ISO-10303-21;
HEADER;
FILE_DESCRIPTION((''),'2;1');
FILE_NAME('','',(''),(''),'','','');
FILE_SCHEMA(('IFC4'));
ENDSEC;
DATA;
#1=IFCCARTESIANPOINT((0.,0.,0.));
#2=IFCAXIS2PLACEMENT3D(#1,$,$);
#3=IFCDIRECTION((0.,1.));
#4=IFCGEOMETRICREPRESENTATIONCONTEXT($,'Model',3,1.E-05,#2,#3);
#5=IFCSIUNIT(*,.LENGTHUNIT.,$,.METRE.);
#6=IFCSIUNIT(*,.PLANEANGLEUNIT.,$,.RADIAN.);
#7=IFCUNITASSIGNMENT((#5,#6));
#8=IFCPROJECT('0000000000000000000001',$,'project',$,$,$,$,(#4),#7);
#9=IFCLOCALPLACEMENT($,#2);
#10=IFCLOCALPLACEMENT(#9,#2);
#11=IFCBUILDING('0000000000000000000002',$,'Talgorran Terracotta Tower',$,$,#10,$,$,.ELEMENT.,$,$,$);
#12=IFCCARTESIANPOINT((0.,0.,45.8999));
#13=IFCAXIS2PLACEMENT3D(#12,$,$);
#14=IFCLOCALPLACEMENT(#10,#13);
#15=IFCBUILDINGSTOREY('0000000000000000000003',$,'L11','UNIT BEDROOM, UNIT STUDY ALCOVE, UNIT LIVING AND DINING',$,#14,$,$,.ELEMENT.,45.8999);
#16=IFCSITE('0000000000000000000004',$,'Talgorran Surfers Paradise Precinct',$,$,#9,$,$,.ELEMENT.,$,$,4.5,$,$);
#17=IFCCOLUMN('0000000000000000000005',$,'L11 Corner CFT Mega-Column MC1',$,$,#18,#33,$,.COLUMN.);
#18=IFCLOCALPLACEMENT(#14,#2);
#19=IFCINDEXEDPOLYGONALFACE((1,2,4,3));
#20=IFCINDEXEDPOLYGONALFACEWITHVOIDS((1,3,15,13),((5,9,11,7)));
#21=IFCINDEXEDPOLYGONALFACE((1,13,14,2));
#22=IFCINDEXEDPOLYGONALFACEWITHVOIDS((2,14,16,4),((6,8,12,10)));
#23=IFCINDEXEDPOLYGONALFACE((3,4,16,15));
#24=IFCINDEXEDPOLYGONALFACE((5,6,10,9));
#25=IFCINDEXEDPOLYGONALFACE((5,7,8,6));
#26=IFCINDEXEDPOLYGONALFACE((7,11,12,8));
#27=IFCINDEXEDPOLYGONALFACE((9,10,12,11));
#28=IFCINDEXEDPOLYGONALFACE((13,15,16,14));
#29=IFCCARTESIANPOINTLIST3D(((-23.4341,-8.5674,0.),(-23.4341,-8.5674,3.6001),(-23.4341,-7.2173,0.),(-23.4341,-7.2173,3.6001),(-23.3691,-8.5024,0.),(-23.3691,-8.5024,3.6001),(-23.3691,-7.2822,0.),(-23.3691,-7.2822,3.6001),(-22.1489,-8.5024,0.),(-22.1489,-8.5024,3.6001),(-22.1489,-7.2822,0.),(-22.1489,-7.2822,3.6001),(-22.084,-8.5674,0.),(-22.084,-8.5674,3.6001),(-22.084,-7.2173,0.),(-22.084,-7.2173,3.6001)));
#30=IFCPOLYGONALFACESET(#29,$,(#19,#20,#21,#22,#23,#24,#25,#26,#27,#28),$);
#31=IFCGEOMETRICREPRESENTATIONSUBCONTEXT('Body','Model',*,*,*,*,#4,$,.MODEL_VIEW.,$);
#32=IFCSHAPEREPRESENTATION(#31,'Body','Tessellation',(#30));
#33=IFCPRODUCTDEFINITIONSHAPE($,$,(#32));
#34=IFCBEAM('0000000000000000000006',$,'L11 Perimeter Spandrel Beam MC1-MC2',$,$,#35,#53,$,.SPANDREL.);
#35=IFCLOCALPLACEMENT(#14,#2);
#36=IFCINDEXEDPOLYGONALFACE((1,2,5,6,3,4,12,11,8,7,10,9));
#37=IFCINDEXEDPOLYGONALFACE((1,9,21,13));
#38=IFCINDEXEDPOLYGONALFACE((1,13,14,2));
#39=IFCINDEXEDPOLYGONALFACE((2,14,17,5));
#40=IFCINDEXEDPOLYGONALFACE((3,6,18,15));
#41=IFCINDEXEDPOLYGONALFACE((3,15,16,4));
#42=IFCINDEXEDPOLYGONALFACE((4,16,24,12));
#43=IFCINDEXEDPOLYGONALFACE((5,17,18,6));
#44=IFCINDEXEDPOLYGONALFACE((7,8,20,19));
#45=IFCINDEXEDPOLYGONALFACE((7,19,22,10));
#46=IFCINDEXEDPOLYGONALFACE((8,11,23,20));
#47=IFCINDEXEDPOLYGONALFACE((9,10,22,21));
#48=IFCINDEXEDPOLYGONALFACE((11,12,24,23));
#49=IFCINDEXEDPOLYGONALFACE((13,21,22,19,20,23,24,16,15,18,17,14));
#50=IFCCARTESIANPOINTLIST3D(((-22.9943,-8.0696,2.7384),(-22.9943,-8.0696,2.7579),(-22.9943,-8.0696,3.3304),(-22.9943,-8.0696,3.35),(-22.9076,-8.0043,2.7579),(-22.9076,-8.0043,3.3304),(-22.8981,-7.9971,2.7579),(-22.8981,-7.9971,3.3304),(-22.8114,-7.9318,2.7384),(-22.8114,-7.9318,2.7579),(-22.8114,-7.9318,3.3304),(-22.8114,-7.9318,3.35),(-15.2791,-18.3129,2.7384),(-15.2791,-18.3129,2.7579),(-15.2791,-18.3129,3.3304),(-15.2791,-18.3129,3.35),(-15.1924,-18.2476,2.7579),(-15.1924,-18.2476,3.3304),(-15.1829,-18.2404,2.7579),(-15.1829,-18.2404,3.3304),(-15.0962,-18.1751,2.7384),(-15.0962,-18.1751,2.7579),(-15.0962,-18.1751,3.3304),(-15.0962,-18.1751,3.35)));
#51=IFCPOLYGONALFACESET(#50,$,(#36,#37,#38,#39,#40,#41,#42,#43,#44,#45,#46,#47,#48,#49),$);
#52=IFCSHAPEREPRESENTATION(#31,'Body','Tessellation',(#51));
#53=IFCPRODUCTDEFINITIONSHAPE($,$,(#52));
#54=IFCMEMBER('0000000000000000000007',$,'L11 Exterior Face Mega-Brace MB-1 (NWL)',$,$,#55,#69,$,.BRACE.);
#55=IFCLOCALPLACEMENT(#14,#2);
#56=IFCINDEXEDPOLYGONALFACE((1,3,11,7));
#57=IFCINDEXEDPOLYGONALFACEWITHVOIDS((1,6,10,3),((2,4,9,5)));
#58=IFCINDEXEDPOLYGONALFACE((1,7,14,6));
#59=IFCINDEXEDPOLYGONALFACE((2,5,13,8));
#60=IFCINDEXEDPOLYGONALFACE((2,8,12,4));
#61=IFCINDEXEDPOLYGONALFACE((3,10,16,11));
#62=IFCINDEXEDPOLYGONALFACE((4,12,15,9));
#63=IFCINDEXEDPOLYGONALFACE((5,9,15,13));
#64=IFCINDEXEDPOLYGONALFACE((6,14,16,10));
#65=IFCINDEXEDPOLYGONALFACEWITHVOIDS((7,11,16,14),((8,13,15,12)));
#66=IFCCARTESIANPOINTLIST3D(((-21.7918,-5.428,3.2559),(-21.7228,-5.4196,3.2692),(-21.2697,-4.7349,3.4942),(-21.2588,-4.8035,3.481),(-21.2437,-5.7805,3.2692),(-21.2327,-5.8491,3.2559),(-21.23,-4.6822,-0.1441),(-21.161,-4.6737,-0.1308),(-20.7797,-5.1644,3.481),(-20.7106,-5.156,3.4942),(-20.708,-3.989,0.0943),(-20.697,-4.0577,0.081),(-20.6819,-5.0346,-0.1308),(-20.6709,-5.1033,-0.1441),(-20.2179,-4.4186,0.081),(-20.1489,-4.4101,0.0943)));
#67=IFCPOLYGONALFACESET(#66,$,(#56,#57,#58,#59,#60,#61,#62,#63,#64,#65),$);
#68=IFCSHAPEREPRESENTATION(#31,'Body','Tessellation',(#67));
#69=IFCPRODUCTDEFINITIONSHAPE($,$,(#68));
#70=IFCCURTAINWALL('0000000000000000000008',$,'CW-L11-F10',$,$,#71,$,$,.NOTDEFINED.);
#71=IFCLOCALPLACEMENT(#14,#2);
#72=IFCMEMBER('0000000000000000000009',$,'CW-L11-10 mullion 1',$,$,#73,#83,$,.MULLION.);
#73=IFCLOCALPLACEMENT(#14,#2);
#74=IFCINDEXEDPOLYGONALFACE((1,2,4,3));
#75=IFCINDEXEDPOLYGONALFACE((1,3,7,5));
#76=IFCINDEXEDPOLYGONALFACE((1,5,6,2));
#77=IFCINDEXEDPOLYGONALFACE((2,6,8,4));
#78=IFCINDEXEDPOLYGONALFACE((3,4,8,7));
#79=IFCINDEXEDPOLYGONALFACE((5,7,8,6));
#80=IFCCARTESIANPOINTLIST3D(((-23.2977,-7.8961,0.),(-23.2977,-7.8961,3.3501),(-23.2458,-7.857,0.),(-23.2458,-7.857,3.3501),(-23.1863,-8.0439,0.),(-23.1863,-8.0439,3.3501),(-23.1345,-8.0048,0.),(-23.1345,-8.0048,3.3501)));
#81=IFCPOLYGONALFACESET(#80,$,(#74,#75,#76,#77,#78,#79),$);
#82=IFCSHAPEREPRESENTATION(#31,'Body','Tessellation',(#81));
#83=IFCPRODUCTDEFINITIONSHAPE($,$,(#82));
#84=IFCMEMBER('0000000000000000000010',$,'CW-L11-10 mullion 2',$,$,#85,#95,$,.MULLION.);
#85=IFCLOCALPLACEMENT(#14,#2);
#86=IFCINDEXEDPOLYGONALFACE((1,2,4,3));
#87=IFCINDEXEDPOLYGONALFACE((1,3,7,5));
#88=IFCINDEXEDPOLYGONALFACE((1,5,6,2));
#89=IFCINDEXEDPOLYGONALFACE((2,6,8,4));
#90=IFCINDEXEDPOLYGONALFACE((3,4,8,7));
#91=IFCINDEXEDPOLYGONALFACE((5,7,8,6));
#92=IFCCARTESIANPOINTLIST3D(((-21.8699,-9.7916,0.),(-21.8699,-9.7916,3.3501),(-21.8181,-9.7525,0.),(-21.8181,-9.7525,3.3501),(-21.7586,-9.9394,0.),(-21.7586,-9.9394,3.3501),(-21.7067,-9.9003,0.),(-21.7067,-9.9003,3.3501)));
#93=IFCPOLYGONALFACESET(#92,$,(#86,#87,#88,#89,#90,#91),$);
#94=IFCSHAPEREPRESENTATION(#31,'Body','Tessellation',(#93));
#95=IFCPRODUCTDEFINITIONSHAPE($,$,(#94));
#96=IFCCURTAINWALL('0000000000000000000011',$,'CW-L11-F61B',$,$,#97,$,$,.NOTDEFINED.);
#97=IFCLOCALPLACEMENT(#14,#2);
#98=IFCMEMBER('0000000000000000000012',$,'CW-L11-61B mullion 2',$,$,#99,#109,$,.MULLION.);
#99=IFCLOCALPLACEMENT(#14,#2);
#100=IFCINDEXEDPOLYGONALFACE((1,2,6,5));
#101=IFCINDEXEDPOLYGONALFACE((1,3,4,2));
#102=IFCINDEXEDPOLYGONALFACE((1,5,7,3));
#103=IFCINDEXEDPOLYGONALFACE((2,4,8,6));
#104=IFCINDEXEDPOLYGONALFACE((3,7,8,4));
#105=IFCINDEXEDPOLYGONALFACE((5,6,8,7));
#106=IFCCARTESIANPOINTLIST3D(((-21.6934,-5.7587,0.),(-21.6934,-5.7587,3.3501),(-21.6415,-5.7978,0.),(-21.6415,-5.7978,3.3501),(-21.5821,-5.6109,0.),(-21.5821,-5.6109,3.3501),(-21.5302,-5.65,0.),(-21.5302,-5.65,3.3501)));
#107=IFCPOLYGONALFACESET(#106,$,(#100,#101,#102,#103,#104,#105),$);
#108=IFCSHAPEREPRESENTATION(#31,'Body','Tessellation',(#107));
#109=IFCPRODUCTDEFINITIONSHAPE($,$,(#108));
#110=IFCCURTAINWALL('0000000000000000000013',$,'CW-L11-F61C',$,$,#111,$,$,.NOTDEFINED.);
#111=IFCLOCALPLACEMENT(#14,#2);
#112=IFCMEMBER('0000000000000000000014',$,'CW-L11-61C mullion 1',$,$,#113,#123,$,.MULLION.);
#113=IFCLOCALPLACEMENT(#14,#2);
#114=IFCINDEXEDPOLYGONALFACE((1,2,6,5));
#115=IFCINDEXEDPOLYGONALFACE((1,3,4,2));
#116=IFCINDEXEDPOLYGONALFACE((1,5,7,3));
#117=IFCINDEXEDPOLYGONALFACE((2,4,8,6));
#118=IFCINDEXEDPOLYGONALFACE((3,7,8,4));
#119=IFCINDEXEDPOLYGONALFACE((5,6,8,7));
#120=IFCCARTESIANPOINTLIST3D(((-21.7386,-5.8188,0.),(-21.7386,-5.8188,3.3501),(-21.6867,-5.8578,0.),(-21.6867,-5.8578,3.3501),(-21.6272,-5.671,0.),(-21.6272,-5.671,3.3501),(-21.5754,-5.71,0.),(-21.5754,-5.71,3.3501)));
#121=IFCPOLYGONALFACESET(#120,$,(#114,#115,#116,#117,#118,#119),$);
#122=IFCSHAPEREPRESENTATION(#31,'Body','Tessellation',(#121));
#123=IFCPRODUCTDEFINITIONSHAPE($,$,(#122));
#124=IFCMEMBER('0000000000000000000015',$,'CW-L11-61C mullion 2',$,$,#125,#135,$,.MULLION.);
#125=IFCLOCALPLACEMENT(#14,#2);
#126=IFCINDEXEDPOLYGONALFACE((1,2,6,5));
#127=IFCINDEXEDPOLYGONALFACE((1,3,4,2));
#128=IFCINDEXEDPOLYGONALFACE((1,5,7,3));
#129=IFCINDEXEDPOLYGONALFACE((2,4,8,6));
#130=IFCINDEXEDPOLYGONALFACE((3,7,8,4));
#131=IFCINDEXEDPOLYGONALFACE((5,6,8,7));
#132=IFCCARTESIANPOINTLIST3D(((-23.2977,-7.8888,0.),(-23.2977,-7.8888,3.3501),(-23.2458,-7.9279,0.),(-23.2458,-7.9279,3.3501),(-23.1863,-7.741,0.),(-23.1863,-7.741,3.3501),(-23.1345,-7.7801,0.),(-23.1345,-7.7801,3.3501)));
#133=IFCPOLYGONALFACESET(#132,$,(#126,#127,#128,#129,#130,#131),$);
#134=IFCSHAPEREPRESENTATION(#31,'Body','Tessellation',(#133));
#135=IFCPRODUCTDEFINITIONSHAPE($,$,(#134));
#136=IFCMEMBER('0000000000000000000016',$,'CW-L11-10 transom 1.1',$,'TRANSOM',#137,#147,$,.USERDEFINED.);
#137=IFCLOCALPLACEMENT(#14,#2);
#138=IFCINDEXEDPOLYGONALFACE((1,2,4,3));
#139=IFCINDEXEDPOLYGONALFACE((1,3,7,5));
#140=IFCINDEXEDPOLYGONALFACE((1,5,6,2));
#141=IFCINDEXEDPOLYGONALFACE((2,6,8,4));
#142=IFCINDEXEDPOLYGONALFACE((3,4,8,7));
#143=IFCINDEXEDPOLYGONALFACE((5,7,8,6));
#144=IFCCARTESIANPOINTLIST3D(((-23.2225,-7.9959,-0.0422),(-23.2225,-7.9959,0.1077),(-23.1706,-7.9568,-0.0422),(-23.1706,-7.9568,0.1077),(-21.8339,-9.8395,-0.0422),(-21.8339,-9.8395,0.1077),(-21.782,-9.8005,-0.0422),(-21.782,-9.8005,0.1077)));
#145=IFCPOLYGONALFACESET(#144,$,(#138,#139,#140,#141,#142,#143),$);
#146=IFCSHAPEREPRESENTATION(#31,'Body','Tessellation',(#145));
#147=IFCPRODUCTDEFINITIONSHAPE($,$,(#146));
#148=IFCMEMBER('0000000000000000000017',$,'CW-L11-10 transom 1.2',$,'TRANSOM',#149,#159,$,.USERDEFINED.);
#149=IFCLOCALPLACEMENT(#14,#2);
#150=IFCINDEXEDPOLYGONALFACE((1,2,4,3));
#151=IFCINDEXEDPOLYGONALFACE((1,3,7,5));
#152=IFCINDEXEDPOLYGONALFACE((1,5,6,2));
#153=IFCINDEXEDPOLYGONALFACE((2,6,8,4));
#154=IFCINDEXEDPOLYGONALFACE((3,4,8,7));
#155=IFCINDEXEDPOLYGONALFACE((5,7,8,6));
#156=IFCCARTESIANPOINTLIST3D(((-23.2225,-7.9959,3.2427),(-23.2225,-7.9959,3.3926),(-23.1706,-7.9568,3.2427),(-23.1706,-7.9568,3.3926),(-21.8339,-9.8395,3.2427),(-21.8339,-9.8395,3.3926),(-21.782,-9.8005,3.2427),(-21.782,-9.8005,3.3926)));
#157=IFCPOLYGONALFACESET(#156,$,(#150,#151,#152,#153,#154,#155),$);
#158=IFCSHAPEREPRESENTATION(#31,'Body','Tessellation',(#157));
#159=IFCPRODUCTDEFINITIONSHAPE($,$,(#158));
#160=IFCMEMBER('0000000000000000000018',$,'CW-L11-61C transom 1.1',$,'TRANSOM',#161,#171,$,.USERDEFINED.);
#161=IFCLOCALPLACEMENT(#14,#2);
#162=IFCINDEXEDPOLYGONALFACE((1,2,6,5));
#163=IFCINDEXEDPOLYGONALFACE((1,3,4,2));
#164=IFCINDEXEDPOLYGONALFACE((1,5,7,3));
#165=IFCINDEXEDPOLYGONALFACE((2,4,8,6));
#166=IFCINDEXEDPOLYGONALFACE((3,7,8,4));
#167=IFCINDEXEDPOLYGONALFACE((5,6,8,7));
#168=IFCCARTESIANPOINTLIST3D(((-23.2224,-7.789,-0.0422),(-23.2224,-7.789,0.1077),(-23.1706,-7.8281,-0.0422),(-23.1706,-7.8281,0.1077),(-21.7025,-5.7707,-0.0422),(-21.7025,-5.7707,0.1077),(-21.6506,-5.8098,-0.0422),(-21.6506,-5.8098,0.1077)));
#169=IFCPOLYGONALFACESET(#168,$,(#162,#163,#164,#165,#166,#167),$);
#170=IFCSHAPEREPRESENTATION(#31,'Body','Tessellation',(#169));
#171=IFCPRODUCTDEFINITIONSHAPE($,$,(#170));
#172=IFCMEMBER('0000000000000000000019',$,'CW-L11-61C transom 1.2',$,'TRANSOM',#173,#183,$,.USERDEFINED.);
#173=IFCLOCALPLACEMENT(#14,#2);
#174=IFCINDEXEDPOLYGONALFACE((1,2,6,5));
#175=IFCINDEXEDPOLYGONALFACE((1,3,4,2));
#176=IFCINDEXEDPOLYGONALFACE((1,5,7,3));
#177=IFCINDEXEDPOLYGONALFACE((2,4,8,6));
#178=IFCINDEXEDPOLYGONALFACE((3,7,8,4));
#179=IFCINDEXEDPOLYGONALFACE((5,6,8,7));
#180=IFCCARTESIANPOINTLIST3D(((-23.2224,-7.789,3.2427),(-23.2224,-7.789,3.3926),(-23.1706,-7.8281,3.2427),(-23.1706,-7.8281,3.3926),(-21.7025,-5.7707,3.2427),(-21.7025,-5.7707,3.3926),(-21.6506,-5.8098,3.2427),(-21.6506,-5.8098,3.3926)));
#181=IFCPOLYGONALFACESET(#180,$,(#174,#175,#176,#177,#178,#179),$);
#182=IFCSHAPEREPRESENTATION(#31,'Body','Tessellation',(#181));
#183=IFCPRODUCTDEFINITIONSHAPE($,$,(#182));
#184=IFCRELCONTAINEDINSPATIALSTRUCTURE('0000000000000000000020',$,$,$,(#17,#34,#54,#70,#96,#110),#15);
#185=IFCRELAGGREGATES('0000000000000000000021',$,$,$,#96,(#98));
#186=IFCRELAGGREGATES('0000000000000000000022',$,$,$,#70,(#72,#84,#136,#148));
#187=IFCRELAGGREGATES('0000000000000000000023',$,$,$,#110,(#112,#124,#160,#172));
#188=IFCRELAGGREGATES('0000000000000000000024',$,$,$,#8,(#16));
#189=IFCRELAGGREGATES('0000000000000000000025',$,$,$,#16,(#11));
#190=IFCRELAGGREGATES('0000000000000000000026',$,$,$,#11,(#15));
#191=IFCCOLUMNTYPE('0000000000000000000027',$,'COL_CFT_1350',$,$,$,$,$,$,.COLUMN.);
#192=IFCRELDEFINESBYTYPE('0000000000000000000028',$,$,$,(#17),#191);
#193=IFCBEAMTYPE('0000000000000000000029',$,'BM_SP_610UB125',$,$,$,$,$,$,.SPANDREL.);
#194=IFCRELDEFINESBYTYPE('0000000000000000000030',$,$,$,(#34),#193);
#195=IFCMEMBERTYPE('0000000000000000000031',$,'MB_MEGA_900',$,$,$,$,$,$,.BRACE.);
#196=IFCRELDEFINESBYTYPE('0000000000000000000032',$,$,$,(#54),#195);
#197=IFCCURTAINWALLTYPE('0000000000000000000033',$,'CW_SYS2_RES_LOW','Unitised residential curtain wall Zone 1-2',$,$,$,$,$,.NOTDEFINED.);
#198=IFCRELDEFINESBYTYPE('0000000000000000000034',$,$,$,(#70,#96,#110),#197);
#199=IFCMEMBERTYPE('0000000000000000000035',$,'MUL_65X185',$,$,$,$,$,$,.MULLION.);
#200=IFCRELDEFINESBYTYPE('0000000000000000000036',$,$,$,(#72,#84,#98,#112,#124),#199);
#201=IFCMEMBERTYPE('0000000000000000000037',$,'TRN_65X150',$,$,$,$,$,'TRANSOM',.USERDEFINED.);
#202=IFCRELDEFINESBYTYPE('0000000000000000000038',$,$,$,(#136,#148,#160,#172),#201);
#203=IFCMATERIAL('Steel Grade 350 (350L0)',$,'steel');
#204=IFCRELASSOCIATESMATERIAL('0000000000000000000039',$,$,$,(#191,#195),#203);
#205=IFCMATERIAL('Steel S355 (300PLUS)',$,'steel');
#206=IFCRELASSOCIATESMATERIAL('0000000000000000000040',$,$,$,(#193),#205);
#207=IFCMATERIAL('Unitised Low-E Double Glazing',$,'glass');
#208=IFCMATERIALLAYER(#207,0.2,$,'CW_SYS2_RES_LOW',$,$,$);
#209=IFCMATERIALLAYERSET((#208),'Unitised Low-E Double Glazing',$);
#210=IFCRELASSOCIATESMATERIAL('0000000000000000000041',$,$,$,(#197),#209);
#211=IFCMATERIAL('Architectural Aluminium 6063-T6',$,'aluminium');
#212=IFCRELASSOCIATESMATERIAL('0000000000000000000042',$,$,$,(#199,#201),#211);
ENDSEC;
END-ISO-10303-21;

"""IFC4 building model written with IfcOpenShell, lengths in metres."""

from ifc_helpers import new_model, si_unit, direction, frame, origin, origin_2d, place, context, subcontext, project, spatial, rectangle, hollow_rectangle, i_section, extrude, material, layer, layer_set, material_profile, profile_set, type_object, element, aggregate, save


model = new_model("IFC4")

# Units and contexts
model_context = context("Model", 3, precision=1e-05, world=origin(), true_north=direction((0.0, 1.0)))
body_context = subcontext(model_context, "Body", "Model", "MODEL_VIEW")
ifc_project = project(units=[si_unit("LENGTHUNIT", "METRE"), si_unit("PLANEANGLEUNIT", "RADIAN")], contexts=[model_context])

# Site, building, storey
site_placement = place(None, origin())
site = spatial("IfcSite", under=ifc_project, at=site_placement, Name="Talgorran Surfers Paradise Precinct", CompositionType="ELEMENT", RefElevation=4.5)
building_placement = place(site_placement, origin())
building = spatial("IfcBuilding", under=site, at=building_placement, Name="Talgorran Terracotta Tower", CompositionType="ELEMENT")
storey_placement = place(building_placement, frame((0.0, 0.0, 45.8999)))
storey = spatial("IfcBuildingStorey", under=building, at=storey_placement, Name="L11", Description="UNIT BEDROOM, UNIT STUDY ALCOVE, UNIT LIVING AND DINING", CompositionType="ELEMENT", Elevation=45.8999)

# Column
ifc_material_1 = material(Name="Steel Grade 350 (350L0)", Category="steel")
ifc_material_profile_1 = material_profile(ifc_material_1, hollow_rectangle(XDim=1.3501, YDim=1.3501, WallThickness=0.0649, at=origin_2d()), Name="CFT1350X1350X65")
ifc_profile_set_1 = profile_set([ifc_material_profile_1], Name="Steel Grade 350 (350L0)")
column_type = type_object("IfcColumnType", Name="COL_CFT_1350", PredefinedType="COLUMN", material=ifc_profile_set_1)
column_placement = place(storey_placement, frame((-22.759, -7.8923, 0.0), z_axis=(0.0, 0.0, 1.0), x_axis=(1.0, 0.0, 0.0)))
element("IfcColumn", 1, at=column_placement, inside=storey, type_object=column_type, Name="L11 Corner CFT Mega-Column MC1", PredefinedType="COLUMN", context=body_context, shape_type="SweptSolid", body=[
    extrude(hollow_rectangle(XDim=1.3501, YDim=1.3501, WallThickness=0.0649, at=origin_2d()), origin(), (0.0, 0.0, 1.0), 3.6001),
])

# Beam
ifc_material_2 = material(Name="Steel S355 (300PLUS)", Category="steel")
ifc_material_profile_2 = material_profile(ifc_material_2, i_section(OverallWidth=0.229, OverallDepth=0.6116, WebThickness=0.012, FlangeThickness=0.0195, at=origin_2d()), Name="610UB125")
ifc_profile_set_2 = profile_set([ifc_material_profile_2], Name="Steel S355 (300PLUS)")
beam_type = type_object("IfcBeamType", Name="BM_SP_610UB125", PredefinedType="SPANDREL", material=ifc_profile_set_2)
beam_placement = place(storey_placement, frame((-22.9028, -8.0007, 3.0442), z_axis=(0.601631, -0.798774, 0.0), x_axis=(0.798774, 0.601631, 0.0)))
element("IfcBeam", 2, at=beam_placement, inside=storey, type_object=beam_type, Name="L11 Perimeter Spandrel Beam MC1-MC2", PredefinedType="SPANDREL", context=body_context, shape_type="SweptSolid", body=[
    extrude(i_section(OverallWidth=0.229, OverallDepth=0.6116, WebThickness=0.012, FlangeThickness=0.0195, at=origin_2d()), origin(), (0.0, 0.0, 1.0), 12.8237),
])

# Member
ifc_material_profile_3 = material_profile(ifc_material_1, hollow_rectangle(XDim=0.7, YDim=0.8999, WallThickness=0.05, at=origin_2d()), Name="WBOX900X700X50")
ifc_profile_set_3 = profile_set([ifc_material_profile_3], Name="Steel Grade 350 (350L0)")
member_type_1 = type_object("IfcMemberType", Name="MB_MEGA_900", PredefinedType="BRACE", material=ifc_profile_set_3)
member_1_placement = place(storey_placement, frame((-20.6895, -4.5461, -0.0249), z_axis=(-0.159331, -0.211541, 0.964295), x_axis=(0.798775, -0.60163, 0.0)))
element("IfcMember", 3, at=member_1_placement, inside=storey, type_object=member_type_1, Name="L11 Exterior Face Mega-Brace MB-1 (NWL)", PredefinedType="BRACE", context=body_context, shape_type="SweptSolid", body=[
    extrude(hollow_rectangle(XDim=0.7, YDim=0.8999, WallThickness=0.05, at=origin_2d()), origin(), (0.0, 0.0, 1.0), 3.5259),
])

# Curtain wall, members
ifc_material_3 = material(Name="Unitised Low-E Double Glazing", Category="glass")
ifc_layer_1 = layer(ifc_material_3, 0.2, Name="CW_SYS2_RES_LOW")
ifc_layer_set_1 = layer_set([ifc_layer_1], Name="Unitised Low-E Double Glazing")
curtain_wall_type = type_object("IfcCurtainWallType", Name="CW_SYS2_RES_LOW", Description="Unitised residential curtain wall Zone 1-2", PredefinedType="NOTDEFINED", material=ifc_layer_set_1)
curtain_wall_1_placement = place(storey_placement, origin())
curtain_wall_1 = element("IfcCurtainWall", 4, at=curtain_wall_1_placement, inside=storey, type_object=curtain_wall_type, Name="CW-L11-F10", PredefinedType="NOTDEFINED")
ifc_material_4 = material(Name="Architectural Aluminium 6063-T6", Category="aluminium")
ifc_material_profile_4 = material_profile(ifc_material_4, rectangle(XDim=0.0649, YDim=0.1851, at=origin_2d()), Name="CWM65X185")
ifc_profile_set_4 = profile_set([ifc_material_profile_4], Name="Architectural Aluminium 6063-T6")
member_type_2 = type_object("IfcMemberType", Name="MUL_65X185", PredefinedType="MULLION", material=ifc_profile_set_4)
member_2_placement = place(storey_placement, frame((-23.2161, -7.9504, 0.0), z_axis=(0.0, 0.0, 1.0), x_axis=(0.798763, 0.601646, 0.0)))
member_2 = element("IfcMember", 5, at=member_2_placement, type_object=member_type_2, Name="CW-L11-10 mullion 1", PredefinedType="MULLION", context=body_context, shape_type="SweptSolid", body=[
    extrude(rectangle(XDim=0.0649, YDim=0.1851, at=origin_2d()), origin(), (0.0, 0.0, 1.0), 3.3501),
])
member_3_placement = place(storey_placement, frame((-21.7883, -9.8459, 0.0), z_axis=(0.0, 0.0, 1.0), x_axis=(0.798763, 0.601646, 0.0)))
member_3 = element("IfcMember", 6, at=member_3_placement, type_object=member_type_2, Name="CW-L11-10 mullion 2", PredefinedType="MULLION", context=body_context, shape_type="SweptSolid", body=[
    extrude(rectangle(XDim=0.0649, YDim=0.1851, at=origin_2d()), origin(), (0.0, 0.0, 1.0), 3.3501),
])

# Curtain wall, member
curtain_wall_2_placement = place(storey_placement, origin())
curtain_wall_2 = element("IfcCurtainWall", 7, at=curtain_wall_2_placement, inside=storey, type_object=curtain_wall_type, Name="CW-L11-F61B", PredefinedType="NOTDEFINED")
member_4_placement = place(storey_placement, frame((-21.6118, -5.7043, 0.0), z_axis=(0.0, 0.0, 1.0), x_axis=(0.798774, -0.601631, 0.0)))
member_4 = element("IfcMember", 8, at=member_4_placement, type_object=member_type_2, Name="CW-L11-61B mullion 2", PredefinedType="MULLION", context=body_context, shape_type="SweptSolid", body=[
    extrude(rectangle(XDim=0.0649, YDim=0.1851, at=origin_2d()), origin(), (0.0, 0.0, 1.0), 3.3501),
])
aggregate(curtain_wall_2, [member_4])

# Curtain wall, members
curtain_wall_3_placement = place(storey_placement, origin())
curtain_wall_3 = element("IfcCurtainWall", 9, at=curtain_wall_3_placement, inside=storey, type_object=curtain_wall_type, Name="CW-L11-F61C", PredefinedType="NOTDEFINED")
member_5_placement = place(storey_placement, frame((-21.657, -5.7644, 0.0), z_axis=(0.0, 0.0, 1.0), x_axis=(0.79877, -0.601637, 0.0)))
member_5 = element("IfcMember", 10, at=member_5_placement, type_object=member_type_2, Name="CW-L11-61C mullion 1", PredefinedType="MULLION", context=body_context, shape_type="SweptSolid", body=[
    extrude(rectangle(XDim=0.0649, YDim=0.1851, at=origin_2d()), origin(), (0.0, 0.0, 1.0), 3.3501),
])
member_6_placement = place(storey_placement, frame((-23.2161, -7.8345, 0.0), z_axis=(0.0, 0.0, 1.0), x_axis=(0.79877, -0.601637, 0.0)))
member_6 = element("IfcMember", 11, at=member_6_placement, type_object=member_type_2, Name="CW-L11-61C mullion 2", PredefinedType="MULLION", context=body_context, shape_type="SweptSolid", body=[
    extrude(rectangle(XDim=0.0649, YDim=0.1851, at=origin_2d()), origin(), (0.0, 0.0, 1.0), 3.3501),
])

# Members
ifc_material_profile_5 = material_profile(ifc_material_4, rectangle(XDim=0.0649, YDim=0.1499, at=origin_2d()), Name="CWT65X150")
ifc_profile_set_5 = profile_set([ifc_material_profile_5], Name="Architectural Aluminium 6063-T6")
member_type_3 = type_object("IfcMemberType", Name="TRN_65X150", ElementType="TRANSOM", PredefinedType="USERDEFINED", material=ifc_profile_set_5)
member_7_placement = place(storey_placement, frame((-23.1965, -7.9763, 0.0327), z_axis=(0.601623, -0.79878, 0.0), x_axis=(0.79878, 0.601623, 0.0)))
member_7 = element("IfcMember", 12, at=member_7_placement, type_object=member_type_3, Name="CW-L11-10 transom 1.1", ObjectType="TRANSOM", PredefinedType="USERDEFINED", context=body_context, shape_type="SweptSolid", body=[
    extrude(rectangle(XDim=0.0649, YDim=0.1499, at=origin_2d()), origin(), (0.0, 0.0, 1.0), 2.3081),
])
member_8_placement = place(storey_placement, frame((-23.1965, -7.9763, 3.3176), z_axis=(0.601623, -0.79878, 0.0), x_axis=(0.79878, 0.601623, 0.0)))
member_8 = element("IfcMember", 13, at=member_8_placement, type_object=member_type_3, Name="CW-L11-10 transom 1.2", ObjectType="TRANSOM", PredefinedType="USERDEFINED", context=body_context, shape_type="SweptSolid", body=[
    extrude(rectangle(XDim=0.0649, YDim=0.1499, at=origin_2d()), origin(), (0.0, 0.0, 1.0), 2.3081),
])
member_9_placement = place(storey_placement, frame((-21.6765, -5.7903, 0.0327), z_axis=(-0.601591, -0.798804, 0.0), x_axis=(0.798804, -0.601591, 0.0)))
member_9 = element("IfcMember", 14, at=member_9_placement, type_object=member_type_3, Name="CW-L11-61C transom 1.1", ObjectType="TRANSOM", PredefinedType="USERDEFINED", context=body_context, shape_type="SweptSolid", body=[
    extrude(rectangle(XDim=0.0649, YDim=0.1499, at=origin_2d()), origin(), (0.0, 0.0, 1.0), 2.5266),
])
member_10_placement = place(storey_placement, frame((-21.6765, -5.7903, 3.3176), z_axis=(-0.601591, -0.798804, 0.0), x_axis=(0.798804, -0.601591, 0.0)))
member_10 = element("IfcMember", 15, at=member_10_placement, type_object=member_type_3, Name="CW-L11-61C transom 1.2", ObjectType="TRANSOM", PredefinedType="USERDEFINED", context=body_context, shape_type="SweptSolid", body=[
    extrude(rectangle(XDim=0.0649, YDim=0.1499, at=origin_2d()), origin(), (0.0, 0.0, 1.0), 2.5266),
])

aggregate(curtain_wall_1, [member_2, member_3, member_7, member_8])
aggregate(curtain_wall_3, [member_5, member_6, member_9, member_10])

save(model, "model.ifc")
